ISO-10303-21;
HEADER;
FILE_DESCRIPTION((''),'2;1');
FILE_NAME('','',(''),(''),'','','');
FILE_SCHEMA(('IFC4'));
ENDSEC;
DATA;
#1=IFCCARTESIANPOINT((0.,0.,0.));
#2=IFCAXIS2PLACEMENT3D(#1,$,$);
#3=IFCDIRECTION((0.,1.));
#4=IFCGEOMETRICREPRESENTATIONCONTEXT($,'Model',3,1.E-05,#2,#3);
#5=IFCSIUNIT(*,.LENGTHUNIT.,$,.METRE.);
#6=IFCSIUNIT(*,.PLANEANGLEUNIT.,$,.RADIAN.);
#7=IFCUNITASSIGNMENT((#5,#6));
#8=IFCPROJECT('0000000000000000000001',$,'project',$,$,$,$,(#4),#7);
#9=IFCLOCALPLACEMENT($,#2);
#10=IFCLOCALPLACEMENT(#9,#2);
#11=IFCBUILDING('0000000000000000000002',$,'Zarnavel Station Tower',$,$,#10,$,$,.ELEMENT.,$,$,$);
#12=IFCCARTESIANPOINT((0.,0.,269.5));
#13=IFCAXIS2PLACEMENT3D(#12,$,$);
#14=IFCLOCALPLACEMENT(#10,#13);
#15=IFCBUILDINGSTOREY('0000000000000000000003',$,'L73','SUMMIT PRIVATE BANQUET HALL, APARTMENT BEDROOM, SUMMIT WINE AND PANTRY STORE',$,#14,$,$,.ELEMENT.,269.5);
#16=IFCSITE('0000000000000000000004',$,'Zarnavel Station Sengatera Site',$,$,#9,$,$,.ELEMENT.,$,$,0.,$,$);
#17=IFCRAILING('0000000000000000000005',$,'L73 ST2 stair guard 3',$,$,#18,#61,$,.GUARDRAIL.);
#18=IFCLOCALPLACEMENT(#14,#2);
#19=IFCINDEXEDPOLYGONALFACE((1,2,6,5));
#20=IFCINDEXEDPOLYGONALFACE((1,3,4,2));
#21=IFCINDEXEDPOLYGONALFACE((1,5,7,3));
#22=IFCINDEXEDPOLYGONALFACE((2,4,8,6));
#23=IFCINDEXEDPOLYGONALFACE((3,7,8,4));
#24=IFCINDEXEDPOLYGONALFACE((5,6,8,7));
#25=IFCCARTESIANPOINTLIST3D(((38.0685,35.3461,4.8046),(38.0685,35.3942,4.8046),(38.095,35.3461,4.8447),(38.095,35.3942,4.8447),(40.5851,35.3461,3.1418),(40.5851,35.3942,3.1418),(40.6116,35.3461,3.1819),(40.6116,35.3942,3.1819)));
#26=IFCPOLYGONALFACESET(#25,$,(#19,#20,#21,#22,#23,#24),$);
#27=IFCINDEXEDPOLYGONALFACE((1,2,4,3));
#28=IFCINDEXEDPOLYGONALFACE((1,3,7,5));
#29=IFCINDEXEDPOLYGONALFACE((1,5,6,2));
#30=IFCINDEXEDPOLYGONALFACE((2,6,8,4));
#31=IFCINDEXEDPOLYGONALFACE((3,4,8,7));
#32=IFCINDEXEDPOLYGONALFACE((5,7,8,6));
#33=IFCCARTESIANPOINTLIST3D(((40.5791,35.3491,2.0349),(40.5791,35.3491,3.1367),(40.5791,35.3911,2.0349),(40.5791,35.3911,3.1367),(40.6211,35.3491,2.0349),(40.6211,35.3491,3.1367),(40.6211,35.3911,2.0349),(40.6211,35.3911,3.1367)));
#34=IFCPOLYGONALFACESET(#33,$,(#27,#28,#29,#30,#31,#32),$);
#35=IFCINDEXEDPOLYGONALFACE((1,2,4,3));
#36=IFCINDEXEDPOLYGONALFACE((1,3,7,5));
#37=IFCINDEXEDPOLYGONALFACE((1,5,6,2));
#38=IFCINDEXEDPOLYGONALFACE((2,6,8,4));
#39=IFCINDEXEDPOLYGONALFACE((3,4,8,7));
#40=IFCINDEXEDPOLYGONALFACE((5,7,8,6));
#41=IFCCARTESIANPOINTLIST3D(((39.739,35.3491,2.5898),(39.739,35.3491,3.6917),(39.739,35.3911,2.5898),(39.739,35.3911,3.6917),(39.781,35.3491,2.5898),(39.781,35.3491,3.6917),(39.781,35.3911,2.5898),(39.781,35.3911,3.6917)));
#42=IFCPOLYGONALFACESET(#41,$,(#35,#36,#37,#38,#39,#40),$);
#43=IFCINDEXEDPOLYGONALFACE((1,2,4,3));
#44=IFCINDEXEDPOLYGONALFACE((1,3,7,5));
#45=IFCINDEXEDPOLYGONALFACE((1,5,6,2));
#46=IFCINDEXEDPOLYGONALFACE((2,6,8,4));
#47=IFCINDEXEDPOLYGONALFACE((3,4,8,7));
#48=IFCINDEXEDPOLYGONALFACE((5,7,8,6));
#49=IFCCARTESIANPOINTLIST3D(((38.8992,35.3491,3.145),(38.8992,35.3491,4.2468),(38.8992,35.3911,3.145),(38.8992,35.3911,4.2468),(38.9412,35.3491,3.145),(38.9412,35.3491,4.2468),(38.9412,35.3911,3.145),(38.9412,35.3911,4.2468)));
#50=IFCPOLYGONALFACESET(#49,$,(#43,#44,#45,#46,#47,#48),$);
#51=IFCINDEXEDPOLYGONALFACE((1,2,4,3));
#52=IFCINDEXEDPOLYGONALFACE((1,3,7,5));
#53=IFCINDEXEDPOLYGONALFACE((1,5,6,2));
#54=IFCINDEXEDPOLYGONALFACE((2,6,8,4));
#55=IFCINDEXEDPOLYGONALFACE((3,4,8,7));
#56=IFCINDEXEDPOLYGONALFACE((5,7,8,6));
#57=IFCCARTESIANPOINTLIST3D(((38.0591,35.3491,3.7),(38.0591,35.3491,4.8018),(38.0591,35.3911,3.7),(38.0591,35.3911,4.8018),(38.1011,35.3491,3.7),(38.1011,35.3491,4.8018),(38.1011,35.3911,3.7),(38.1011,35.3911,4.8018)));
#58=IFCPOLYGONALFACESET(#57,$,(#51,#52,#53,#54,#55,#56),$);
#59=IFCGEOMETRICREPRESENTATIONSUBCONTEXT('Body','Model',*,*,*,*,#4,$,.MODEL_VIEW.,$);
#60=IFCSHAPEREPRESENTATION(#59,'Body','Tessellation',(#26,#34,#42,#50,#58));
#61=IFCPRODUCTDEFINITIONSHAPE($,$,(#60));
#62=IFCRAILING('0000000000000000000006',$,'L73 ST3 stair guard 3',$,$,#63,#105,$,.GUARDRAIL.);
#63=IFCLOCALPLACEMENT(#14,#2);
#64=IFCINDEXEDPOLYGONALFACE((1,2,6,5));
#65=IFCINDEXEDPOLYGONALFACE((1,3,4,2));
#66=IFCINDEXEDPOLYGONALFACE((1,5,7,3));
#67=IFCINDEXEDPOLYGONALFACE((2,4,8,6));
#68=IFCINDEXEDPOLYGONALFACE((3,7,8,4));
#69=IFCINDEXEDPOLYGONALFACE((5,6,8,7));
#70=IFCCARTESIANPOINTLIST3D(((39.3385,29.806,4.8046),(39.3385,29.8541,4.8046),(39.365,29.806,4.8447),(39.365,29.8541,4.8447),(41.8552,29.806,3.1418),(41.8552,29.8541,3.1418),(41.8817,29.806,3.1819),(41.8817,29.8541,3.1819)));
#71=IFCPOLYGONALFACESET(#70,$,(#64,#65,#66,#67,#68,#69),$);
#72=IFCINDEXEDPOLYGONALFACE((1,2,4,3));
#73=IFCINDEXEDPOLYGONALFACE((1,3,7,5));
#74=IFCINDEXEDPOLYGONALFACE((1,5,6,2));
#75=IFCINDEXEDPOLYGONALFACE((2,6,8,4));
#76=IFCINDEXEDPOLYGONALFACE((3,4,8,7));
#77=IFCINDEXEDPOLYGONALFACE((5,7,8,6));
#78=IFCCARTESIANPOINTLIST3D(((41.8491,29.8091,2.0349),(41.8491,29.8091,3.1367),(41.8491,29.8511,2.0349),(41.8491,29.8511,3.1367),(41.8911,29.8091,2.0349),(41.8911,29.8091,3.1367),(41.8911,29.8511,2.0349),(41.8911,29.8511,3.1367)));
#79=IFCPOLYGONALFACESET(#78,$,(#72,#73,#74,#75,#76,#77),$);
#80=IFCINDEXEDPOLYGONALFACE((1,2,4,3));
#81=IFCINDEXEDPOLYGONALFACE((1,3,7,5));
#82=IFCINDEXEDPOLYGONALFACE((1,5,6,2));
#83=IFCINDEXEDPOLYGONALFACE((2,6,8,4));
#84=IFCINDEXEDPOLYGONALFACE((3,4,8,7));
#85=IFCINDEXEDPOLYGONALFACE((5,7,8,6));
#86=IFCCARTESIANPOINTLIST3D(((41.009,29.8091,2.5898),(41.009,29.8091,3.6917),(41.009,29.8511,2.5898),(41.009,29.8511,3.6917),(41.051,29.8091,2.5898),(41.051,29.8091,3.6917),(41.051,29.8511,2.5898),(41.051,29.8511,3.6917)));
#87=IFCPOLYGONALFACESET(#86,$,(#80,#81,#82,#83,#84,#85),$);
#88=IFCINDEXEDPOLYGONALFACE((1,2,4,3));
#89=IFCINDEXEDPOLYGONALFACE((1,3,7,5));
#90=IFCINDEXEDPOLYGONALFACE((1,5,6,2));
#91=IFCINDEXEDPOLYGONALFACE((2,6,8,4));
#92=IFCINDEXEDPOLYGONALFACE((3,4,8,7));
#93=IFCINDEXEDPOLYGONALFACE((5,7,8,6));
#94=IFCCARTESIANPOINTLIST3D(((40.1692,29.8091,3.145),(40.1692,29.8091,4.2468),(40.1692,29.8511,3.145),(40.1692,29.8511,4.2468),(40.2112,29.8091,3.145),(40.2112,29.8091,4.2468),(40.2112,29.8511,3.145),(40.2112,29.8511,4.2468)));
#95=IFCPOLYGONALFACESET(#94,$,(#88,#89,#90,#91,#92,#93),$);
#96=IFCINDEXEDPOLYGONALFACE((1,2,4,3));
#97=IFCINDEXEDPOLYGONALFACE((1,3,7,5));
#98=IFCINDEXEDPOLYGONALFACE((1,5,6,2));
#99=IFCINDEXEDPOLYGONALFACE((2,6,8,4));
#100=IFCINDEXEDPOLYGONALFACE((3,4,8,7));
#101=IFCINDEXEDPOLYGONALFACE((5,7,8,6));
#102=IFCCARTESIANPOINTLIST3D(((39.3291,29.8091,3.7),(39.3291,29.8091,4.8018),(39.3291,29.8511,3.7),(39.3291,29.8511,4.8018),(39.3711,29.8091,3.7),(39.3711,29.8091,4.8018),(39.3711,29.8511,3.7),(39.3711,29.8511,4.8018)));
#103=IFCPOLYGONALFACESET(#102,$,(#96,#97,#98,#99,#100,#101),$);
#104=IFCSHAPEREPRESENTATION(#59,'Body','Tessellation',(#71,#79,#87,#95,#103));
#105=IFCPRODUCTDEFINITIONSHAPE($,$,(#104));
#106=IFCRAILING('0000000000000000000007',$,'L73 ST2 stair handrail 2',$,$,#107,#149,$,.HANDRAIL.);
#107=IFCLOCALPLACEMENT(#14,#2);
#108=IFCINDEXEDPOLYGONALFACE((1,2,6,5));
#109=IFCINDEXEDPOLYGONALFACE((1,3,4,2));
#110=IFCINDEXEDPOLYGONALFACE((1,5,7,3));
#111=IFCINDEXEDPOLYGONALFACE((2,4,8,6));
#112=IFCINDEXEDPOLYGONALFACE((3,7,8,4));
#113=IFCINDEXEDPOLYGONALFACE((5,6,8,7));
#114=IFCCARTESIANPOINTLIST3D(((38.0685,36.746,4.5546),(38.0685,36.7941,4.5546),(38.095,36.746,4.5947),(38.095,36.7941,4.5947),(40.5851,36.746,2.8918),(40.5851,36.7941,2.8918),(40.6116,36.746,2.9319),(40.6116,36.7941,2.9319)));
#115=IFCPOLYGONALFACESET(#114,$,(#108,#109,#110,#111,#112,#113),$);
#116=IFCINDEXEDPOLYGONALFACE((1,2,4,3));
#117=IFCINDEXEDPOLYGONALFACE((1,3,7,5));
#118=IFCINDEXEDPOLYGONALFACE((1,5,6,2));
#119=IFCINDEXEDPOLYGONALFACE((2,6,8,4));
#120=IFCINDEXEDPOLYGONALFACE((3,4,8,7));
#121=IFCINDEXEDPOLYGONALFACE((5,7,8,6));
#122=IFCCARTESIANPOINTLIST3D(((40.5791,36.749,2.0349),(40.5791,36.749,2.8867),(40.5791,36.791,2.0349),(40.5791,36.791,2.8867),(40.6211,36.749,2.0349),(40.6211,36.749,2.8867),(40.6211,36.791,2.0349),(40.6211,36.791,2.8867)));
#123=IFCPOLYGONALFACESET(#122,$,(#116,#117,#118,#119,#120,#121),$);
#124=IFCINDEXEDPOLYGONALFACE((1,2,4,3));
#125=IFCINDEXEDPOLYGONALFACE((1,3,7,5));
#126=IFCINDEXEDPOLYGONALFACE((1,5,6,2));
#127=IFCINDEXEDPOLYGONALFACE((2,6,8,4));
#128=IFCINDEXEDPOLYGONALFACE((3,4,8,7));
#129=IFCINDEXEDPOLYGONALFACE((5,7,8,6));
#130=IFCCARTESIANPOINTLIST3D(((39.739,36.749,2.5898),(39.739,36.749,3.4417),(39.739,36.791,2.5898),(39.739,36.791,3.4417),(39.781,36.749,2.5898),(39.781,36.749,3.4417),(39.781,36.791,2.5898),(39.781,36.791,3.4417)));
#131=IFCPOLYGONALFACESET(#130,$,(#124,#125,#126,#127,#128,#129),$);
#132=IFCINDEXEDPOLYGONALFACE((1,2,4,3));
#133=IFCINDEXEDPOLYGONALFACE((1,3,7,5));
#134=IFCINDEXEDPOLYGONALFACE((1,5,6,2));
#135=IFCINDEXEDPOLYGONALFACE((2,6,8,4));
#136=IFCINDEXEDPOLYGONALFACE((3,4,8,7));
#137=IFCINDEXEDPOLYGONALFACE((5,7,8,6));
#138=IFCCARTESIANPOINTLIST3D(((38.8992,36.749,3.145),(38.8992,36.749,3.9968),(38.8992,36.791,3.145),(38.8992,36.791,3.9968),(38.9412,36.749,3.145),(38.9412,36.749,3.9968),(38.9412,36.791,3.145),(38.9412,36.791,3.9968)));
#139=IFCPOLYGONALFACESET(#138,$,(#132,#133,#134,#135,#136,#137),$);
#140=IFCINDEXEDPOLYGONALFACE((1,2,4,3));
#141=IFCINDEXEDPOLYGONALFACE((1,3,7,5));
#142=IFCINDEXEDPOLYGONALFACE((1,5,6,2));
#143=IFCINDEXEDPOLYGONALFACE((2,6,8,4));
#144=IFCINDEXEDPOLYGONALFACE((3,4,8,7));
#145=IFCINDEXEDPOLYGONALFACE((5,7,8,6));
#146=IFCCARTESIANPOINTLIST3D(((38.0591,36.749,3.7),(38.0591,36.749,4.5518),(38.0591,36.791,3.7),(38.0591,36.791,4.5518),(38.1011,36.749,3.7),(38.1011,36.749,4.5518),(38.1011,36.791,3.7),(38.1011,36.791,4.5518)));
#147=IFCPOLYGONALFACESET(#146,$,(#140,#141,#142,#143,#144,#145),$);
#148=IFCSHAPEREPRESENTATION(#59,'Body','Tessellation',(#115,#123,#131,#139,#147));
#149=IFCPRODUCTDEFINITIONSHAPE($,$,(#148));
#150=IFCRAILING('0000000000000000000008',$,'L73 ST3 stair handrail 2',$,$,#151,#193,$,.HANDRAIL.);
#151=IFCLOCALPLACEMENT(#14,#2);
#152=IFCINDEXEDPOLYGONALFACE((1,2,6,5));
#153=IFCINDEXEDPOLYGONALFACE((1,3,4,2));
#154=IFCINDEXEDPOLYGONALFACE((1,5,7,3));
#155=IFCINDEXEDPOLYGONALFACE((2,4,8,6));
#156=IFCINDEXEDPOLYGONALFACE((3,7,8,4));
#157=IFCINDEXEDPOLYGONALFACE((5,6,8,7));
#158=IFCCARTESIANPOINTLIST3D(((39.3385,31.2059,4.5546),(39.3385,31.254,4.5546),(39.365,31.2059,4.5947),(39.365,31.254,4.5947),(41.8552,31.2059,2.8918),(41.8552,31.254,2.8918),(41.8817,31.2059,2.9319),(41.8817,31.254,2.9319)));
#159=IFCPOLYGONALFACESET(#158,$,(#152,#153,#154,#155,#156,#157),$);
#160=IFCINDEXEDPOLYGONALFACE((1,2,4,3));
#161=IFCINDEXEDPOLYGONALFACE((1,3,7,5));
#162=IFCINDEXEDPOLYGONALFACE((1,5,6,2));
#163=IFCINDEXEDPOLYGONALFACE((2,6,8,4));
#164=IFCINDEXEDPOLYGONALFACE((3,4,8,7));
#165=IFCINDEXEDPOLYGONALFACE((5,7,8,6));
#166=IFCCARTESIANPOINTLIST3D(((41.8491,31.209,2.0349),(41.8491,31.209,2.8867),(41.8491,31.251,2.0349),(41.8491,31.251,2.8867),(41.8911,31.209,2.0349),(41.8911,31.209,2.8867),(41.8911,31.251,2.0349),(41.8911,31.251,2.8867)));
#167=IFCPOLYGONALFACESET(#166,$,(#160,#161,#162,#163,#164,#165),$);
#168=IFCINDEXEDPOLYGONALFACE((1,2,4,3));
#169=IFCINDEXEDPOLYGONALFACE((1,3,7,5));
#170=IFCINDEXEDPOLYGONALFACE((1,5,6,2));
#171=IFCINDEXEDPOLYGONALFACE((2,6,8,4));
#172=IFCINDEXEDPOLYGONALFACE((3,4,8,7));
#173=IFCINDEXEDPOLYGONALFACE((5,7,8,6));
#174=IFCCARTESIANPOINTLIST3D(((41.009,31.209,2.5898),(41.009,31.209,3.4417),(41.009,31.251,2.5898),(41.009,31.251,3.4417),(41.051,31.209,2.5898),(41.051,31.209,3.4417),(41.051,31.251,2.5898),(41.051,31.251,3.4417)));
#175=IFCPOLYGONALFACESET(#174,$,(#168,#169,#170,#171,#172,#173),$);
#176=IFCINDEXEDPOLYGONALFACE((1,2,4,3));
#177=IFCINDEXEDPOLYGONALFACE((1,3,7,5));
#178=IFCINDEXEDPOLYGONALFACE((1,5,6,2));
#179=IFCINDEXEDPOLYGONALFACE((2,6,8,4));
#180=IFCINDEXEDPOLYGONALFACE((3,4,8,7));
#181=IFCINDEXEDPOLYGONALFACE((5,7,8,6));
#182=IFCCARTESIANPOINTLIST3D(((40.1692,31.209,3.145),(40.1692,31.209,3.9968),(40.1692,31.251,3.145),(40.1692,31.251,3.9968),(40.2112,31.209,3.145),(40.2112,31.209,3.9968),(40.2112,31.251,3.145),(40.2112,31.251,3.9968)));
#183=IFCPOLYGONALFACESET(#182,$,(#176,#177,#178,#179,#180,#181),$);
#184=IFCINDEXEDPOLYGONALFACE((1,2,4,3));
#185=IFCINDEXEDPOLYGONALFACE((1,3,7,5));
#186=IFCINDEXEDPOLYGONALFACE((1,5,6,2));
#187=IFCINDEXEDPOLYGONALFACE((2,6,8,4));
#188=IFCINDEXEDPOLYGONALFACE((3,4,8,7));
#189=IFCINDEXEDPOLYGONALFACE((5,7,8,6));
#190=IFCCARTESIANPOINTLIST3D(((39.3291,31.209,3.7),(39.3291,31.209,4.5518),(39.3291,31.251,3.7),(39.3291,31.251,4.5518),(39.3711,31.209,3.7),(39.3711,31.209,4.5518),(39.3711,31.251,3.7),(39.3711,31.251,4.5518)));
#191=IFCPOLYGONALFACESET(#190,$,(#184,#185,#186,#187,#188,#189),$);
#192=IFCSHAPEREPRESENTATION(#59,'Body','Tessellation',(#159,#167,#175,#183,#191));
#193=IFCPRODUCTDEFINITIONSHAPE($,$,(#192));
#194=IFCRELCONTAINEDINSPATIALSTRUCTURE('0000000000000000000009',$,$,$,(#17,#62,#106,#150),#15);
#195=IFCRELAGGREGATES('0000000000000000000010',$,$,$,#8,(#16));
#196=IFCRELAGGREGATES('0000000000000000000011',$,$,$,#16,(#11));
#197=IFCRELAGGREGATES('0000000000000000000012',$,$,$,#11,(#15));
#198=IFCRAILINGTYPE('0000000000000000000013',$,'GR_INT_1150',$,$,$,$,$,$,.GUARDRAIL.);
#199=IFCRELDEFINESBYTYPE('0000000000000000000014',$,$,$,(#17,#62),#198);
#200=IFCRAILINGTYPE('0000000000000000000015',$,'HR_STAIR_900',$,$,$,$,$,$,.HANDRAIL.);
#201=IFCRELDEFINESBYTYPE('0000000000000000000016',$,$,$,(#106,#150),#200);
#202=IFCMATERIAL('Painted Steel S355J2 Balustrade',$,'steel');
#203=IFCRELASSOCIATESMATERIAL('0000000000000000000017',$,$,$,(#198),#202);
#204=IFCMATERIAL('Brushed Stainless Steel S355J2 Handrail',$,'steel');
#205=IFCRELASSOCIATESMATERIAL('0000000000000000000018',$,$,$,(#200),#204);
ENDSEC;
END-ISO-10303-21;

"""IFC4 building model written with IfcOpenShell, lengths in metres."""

from ifc_helpers import new_model, si_unit, direction, frame, origin, origin_2d, place, context, subcontext, project, spatial, rectangle, extrude, material, type_object, element, save


model = new_model("IFC4")

# Units and contexts
model_context = context("Model", 3, precision=1e-05, world=origin(), true_north=direction((0.0, 1.0)))
body_context = subcontext(model_context, "Body", "Model", "MODEL_VIEW")
ifc_project = project(units=[si_unit("LENGTHUNIT", "METRE"), si_unit("PLANEANGLEUNIT", "RADIAN")], contexts=[model_context])

# Site, building, storey
site_placement = place(None, origin())
site = spatial("IfcSite", under=ifc_project, at=site_placement, Name="Zarnavel Station Sengatera Site", CompositionType="ELEMENT", RefElevation=0.0)
building_placement = place(site_placement, origin())
building = spatial("IfcBuilding", under=site, at=building_placement, Name="Zarnavel Station Tower", CompositionType="ELEMENT")
storey_placement = place(building_placement, frame((0.0, 0.0, 269.5)))
storey = spatial("IfcBuildingStorey", under=building, at=storey_placement, Name="L73", Description="SUMMIT PRIVATE BANQUET HALL, APARTMENT BEDROOM, SUMMIT WINE AND PANTRY STORE", CompositionType="ELEMENT", Elevation=269.5)

# Railings
ifc_material_1 = material(Name="Painted Steel S355J2 Balustrade", Category="steel")
railing_type_1 = type_object("IfcRailingType", Name="GR_INT_1150", PredefinedType="GUARDRAIL", material=ifc_material_1)
for number, where, name in (
    (1, (40.6001, 35.3701, 2.0349), "L73 ST2 stair guard 3"),
    (2, (41.8701, 29.8301, 2.0349), "L73 ST3 stair guard 3"),
):
    element("IfcRailing", number, at=place(storey_placement, frame(where)), inside=storey, type_object=railing_type_1, Name=name, PredefinedType="GUARDRAIL", context=body_context, shape_type="SweptSolid", body=[
        extrude(rectangle(XDim=0.0481, YDim=0.0481, at=origin_2d()), frame((-0.0017, 0.0, 1.127), z_axis=(-0.834331, 0.0, 0.551263), x_axis=(0.0, -1.0, 0.0)), (0.0, 0.0, 1.0), 3.0164),
        extrude(rectangle(XDim=0.042, YDim=0.042, at=origin_2d()), origin(), (0.0, 0.0, 1.0), 1.1018),
        extrude(rectangle(XDim=0.042, YDim=0.042, at=origin_2d()), frame((-0.8401, 0.0, 0.5549)), (0.0, 0.0, 1.0), 1.1018),
        extrude(rectangle(XDim=0.042, YDim=0.042, at=origin_2d()), frame((-1.6799, 0.0, 1.1101)), (0.0, 0.0, 1.0), 1.1018),
        extrude(rectangle(XDim=0.042, YDim=0.042, at=origin_2d()), frame((-2.52, 0.0, 1.665)), (0.0, 0.0, 1.0), 1.1018),
    ])
ifc_material_2 = material(Name="Brushed Stainless Steel S355J2 Handrail", Category="steel")
railing_type_2 = type_object("IfcRailingType", Name="HR_STAIR_900", PredefinedType="HANDRAIL", material=ifc_material_2)
for number, where, name in (
    (3, (40.6001, 36.77, 2.0349), "L73 ST2 stair handrail 2"),
    (4, (41.8701, 31.23, 2.0349), "L73 ST3 stair handrail 2"),
):
    element("IfcRailing", number, at=place(storey_placement, frame(where)), inside=storey, type_object=railing_type_2, Name=name, PredefinedType="HANDRAIL", context=body_context, shape_type="SweptSolid", body=[
        extrude(rectangle(XDim=0.0481, YDim=0.0481, at=origin_2d()), frame((-0.0017, 0.0, 0.877), z_axis=(-0.834331, 0.0, 0.551263), x_axis=(0.0, -1.0, 0.0)), (0.0, 0.0, 1.0), 3.0164),
        extrude(rectangle(XDim=0.042, YDim=0.042, at=origin_2d()), origin(), (0.0, 0.0, 1.0), 0.8518),
        extrude(rectangle(XDim=0.042, YDim=0.042, at=origin_2d()), frame((-0.8401, 0.0, 0.5549)), (0.0, 0.0, 1.0), 0.8518),
        extrude(rectangle(XDim=0.042, YDim=0.042, at=origin_2d()), frame((-1.6799, 0.0, 1.1101)), (0.0, 0.0, 1.0), 0.8518),
        extrude(rectangle(XDim=0.042, YDim=0.042, at=origin_2d()), frame((-2.52, 0.0, 1.665)), (0.0, 0.0, 1.0), 0.8518),
    ])

save(model, "model.ifc")
